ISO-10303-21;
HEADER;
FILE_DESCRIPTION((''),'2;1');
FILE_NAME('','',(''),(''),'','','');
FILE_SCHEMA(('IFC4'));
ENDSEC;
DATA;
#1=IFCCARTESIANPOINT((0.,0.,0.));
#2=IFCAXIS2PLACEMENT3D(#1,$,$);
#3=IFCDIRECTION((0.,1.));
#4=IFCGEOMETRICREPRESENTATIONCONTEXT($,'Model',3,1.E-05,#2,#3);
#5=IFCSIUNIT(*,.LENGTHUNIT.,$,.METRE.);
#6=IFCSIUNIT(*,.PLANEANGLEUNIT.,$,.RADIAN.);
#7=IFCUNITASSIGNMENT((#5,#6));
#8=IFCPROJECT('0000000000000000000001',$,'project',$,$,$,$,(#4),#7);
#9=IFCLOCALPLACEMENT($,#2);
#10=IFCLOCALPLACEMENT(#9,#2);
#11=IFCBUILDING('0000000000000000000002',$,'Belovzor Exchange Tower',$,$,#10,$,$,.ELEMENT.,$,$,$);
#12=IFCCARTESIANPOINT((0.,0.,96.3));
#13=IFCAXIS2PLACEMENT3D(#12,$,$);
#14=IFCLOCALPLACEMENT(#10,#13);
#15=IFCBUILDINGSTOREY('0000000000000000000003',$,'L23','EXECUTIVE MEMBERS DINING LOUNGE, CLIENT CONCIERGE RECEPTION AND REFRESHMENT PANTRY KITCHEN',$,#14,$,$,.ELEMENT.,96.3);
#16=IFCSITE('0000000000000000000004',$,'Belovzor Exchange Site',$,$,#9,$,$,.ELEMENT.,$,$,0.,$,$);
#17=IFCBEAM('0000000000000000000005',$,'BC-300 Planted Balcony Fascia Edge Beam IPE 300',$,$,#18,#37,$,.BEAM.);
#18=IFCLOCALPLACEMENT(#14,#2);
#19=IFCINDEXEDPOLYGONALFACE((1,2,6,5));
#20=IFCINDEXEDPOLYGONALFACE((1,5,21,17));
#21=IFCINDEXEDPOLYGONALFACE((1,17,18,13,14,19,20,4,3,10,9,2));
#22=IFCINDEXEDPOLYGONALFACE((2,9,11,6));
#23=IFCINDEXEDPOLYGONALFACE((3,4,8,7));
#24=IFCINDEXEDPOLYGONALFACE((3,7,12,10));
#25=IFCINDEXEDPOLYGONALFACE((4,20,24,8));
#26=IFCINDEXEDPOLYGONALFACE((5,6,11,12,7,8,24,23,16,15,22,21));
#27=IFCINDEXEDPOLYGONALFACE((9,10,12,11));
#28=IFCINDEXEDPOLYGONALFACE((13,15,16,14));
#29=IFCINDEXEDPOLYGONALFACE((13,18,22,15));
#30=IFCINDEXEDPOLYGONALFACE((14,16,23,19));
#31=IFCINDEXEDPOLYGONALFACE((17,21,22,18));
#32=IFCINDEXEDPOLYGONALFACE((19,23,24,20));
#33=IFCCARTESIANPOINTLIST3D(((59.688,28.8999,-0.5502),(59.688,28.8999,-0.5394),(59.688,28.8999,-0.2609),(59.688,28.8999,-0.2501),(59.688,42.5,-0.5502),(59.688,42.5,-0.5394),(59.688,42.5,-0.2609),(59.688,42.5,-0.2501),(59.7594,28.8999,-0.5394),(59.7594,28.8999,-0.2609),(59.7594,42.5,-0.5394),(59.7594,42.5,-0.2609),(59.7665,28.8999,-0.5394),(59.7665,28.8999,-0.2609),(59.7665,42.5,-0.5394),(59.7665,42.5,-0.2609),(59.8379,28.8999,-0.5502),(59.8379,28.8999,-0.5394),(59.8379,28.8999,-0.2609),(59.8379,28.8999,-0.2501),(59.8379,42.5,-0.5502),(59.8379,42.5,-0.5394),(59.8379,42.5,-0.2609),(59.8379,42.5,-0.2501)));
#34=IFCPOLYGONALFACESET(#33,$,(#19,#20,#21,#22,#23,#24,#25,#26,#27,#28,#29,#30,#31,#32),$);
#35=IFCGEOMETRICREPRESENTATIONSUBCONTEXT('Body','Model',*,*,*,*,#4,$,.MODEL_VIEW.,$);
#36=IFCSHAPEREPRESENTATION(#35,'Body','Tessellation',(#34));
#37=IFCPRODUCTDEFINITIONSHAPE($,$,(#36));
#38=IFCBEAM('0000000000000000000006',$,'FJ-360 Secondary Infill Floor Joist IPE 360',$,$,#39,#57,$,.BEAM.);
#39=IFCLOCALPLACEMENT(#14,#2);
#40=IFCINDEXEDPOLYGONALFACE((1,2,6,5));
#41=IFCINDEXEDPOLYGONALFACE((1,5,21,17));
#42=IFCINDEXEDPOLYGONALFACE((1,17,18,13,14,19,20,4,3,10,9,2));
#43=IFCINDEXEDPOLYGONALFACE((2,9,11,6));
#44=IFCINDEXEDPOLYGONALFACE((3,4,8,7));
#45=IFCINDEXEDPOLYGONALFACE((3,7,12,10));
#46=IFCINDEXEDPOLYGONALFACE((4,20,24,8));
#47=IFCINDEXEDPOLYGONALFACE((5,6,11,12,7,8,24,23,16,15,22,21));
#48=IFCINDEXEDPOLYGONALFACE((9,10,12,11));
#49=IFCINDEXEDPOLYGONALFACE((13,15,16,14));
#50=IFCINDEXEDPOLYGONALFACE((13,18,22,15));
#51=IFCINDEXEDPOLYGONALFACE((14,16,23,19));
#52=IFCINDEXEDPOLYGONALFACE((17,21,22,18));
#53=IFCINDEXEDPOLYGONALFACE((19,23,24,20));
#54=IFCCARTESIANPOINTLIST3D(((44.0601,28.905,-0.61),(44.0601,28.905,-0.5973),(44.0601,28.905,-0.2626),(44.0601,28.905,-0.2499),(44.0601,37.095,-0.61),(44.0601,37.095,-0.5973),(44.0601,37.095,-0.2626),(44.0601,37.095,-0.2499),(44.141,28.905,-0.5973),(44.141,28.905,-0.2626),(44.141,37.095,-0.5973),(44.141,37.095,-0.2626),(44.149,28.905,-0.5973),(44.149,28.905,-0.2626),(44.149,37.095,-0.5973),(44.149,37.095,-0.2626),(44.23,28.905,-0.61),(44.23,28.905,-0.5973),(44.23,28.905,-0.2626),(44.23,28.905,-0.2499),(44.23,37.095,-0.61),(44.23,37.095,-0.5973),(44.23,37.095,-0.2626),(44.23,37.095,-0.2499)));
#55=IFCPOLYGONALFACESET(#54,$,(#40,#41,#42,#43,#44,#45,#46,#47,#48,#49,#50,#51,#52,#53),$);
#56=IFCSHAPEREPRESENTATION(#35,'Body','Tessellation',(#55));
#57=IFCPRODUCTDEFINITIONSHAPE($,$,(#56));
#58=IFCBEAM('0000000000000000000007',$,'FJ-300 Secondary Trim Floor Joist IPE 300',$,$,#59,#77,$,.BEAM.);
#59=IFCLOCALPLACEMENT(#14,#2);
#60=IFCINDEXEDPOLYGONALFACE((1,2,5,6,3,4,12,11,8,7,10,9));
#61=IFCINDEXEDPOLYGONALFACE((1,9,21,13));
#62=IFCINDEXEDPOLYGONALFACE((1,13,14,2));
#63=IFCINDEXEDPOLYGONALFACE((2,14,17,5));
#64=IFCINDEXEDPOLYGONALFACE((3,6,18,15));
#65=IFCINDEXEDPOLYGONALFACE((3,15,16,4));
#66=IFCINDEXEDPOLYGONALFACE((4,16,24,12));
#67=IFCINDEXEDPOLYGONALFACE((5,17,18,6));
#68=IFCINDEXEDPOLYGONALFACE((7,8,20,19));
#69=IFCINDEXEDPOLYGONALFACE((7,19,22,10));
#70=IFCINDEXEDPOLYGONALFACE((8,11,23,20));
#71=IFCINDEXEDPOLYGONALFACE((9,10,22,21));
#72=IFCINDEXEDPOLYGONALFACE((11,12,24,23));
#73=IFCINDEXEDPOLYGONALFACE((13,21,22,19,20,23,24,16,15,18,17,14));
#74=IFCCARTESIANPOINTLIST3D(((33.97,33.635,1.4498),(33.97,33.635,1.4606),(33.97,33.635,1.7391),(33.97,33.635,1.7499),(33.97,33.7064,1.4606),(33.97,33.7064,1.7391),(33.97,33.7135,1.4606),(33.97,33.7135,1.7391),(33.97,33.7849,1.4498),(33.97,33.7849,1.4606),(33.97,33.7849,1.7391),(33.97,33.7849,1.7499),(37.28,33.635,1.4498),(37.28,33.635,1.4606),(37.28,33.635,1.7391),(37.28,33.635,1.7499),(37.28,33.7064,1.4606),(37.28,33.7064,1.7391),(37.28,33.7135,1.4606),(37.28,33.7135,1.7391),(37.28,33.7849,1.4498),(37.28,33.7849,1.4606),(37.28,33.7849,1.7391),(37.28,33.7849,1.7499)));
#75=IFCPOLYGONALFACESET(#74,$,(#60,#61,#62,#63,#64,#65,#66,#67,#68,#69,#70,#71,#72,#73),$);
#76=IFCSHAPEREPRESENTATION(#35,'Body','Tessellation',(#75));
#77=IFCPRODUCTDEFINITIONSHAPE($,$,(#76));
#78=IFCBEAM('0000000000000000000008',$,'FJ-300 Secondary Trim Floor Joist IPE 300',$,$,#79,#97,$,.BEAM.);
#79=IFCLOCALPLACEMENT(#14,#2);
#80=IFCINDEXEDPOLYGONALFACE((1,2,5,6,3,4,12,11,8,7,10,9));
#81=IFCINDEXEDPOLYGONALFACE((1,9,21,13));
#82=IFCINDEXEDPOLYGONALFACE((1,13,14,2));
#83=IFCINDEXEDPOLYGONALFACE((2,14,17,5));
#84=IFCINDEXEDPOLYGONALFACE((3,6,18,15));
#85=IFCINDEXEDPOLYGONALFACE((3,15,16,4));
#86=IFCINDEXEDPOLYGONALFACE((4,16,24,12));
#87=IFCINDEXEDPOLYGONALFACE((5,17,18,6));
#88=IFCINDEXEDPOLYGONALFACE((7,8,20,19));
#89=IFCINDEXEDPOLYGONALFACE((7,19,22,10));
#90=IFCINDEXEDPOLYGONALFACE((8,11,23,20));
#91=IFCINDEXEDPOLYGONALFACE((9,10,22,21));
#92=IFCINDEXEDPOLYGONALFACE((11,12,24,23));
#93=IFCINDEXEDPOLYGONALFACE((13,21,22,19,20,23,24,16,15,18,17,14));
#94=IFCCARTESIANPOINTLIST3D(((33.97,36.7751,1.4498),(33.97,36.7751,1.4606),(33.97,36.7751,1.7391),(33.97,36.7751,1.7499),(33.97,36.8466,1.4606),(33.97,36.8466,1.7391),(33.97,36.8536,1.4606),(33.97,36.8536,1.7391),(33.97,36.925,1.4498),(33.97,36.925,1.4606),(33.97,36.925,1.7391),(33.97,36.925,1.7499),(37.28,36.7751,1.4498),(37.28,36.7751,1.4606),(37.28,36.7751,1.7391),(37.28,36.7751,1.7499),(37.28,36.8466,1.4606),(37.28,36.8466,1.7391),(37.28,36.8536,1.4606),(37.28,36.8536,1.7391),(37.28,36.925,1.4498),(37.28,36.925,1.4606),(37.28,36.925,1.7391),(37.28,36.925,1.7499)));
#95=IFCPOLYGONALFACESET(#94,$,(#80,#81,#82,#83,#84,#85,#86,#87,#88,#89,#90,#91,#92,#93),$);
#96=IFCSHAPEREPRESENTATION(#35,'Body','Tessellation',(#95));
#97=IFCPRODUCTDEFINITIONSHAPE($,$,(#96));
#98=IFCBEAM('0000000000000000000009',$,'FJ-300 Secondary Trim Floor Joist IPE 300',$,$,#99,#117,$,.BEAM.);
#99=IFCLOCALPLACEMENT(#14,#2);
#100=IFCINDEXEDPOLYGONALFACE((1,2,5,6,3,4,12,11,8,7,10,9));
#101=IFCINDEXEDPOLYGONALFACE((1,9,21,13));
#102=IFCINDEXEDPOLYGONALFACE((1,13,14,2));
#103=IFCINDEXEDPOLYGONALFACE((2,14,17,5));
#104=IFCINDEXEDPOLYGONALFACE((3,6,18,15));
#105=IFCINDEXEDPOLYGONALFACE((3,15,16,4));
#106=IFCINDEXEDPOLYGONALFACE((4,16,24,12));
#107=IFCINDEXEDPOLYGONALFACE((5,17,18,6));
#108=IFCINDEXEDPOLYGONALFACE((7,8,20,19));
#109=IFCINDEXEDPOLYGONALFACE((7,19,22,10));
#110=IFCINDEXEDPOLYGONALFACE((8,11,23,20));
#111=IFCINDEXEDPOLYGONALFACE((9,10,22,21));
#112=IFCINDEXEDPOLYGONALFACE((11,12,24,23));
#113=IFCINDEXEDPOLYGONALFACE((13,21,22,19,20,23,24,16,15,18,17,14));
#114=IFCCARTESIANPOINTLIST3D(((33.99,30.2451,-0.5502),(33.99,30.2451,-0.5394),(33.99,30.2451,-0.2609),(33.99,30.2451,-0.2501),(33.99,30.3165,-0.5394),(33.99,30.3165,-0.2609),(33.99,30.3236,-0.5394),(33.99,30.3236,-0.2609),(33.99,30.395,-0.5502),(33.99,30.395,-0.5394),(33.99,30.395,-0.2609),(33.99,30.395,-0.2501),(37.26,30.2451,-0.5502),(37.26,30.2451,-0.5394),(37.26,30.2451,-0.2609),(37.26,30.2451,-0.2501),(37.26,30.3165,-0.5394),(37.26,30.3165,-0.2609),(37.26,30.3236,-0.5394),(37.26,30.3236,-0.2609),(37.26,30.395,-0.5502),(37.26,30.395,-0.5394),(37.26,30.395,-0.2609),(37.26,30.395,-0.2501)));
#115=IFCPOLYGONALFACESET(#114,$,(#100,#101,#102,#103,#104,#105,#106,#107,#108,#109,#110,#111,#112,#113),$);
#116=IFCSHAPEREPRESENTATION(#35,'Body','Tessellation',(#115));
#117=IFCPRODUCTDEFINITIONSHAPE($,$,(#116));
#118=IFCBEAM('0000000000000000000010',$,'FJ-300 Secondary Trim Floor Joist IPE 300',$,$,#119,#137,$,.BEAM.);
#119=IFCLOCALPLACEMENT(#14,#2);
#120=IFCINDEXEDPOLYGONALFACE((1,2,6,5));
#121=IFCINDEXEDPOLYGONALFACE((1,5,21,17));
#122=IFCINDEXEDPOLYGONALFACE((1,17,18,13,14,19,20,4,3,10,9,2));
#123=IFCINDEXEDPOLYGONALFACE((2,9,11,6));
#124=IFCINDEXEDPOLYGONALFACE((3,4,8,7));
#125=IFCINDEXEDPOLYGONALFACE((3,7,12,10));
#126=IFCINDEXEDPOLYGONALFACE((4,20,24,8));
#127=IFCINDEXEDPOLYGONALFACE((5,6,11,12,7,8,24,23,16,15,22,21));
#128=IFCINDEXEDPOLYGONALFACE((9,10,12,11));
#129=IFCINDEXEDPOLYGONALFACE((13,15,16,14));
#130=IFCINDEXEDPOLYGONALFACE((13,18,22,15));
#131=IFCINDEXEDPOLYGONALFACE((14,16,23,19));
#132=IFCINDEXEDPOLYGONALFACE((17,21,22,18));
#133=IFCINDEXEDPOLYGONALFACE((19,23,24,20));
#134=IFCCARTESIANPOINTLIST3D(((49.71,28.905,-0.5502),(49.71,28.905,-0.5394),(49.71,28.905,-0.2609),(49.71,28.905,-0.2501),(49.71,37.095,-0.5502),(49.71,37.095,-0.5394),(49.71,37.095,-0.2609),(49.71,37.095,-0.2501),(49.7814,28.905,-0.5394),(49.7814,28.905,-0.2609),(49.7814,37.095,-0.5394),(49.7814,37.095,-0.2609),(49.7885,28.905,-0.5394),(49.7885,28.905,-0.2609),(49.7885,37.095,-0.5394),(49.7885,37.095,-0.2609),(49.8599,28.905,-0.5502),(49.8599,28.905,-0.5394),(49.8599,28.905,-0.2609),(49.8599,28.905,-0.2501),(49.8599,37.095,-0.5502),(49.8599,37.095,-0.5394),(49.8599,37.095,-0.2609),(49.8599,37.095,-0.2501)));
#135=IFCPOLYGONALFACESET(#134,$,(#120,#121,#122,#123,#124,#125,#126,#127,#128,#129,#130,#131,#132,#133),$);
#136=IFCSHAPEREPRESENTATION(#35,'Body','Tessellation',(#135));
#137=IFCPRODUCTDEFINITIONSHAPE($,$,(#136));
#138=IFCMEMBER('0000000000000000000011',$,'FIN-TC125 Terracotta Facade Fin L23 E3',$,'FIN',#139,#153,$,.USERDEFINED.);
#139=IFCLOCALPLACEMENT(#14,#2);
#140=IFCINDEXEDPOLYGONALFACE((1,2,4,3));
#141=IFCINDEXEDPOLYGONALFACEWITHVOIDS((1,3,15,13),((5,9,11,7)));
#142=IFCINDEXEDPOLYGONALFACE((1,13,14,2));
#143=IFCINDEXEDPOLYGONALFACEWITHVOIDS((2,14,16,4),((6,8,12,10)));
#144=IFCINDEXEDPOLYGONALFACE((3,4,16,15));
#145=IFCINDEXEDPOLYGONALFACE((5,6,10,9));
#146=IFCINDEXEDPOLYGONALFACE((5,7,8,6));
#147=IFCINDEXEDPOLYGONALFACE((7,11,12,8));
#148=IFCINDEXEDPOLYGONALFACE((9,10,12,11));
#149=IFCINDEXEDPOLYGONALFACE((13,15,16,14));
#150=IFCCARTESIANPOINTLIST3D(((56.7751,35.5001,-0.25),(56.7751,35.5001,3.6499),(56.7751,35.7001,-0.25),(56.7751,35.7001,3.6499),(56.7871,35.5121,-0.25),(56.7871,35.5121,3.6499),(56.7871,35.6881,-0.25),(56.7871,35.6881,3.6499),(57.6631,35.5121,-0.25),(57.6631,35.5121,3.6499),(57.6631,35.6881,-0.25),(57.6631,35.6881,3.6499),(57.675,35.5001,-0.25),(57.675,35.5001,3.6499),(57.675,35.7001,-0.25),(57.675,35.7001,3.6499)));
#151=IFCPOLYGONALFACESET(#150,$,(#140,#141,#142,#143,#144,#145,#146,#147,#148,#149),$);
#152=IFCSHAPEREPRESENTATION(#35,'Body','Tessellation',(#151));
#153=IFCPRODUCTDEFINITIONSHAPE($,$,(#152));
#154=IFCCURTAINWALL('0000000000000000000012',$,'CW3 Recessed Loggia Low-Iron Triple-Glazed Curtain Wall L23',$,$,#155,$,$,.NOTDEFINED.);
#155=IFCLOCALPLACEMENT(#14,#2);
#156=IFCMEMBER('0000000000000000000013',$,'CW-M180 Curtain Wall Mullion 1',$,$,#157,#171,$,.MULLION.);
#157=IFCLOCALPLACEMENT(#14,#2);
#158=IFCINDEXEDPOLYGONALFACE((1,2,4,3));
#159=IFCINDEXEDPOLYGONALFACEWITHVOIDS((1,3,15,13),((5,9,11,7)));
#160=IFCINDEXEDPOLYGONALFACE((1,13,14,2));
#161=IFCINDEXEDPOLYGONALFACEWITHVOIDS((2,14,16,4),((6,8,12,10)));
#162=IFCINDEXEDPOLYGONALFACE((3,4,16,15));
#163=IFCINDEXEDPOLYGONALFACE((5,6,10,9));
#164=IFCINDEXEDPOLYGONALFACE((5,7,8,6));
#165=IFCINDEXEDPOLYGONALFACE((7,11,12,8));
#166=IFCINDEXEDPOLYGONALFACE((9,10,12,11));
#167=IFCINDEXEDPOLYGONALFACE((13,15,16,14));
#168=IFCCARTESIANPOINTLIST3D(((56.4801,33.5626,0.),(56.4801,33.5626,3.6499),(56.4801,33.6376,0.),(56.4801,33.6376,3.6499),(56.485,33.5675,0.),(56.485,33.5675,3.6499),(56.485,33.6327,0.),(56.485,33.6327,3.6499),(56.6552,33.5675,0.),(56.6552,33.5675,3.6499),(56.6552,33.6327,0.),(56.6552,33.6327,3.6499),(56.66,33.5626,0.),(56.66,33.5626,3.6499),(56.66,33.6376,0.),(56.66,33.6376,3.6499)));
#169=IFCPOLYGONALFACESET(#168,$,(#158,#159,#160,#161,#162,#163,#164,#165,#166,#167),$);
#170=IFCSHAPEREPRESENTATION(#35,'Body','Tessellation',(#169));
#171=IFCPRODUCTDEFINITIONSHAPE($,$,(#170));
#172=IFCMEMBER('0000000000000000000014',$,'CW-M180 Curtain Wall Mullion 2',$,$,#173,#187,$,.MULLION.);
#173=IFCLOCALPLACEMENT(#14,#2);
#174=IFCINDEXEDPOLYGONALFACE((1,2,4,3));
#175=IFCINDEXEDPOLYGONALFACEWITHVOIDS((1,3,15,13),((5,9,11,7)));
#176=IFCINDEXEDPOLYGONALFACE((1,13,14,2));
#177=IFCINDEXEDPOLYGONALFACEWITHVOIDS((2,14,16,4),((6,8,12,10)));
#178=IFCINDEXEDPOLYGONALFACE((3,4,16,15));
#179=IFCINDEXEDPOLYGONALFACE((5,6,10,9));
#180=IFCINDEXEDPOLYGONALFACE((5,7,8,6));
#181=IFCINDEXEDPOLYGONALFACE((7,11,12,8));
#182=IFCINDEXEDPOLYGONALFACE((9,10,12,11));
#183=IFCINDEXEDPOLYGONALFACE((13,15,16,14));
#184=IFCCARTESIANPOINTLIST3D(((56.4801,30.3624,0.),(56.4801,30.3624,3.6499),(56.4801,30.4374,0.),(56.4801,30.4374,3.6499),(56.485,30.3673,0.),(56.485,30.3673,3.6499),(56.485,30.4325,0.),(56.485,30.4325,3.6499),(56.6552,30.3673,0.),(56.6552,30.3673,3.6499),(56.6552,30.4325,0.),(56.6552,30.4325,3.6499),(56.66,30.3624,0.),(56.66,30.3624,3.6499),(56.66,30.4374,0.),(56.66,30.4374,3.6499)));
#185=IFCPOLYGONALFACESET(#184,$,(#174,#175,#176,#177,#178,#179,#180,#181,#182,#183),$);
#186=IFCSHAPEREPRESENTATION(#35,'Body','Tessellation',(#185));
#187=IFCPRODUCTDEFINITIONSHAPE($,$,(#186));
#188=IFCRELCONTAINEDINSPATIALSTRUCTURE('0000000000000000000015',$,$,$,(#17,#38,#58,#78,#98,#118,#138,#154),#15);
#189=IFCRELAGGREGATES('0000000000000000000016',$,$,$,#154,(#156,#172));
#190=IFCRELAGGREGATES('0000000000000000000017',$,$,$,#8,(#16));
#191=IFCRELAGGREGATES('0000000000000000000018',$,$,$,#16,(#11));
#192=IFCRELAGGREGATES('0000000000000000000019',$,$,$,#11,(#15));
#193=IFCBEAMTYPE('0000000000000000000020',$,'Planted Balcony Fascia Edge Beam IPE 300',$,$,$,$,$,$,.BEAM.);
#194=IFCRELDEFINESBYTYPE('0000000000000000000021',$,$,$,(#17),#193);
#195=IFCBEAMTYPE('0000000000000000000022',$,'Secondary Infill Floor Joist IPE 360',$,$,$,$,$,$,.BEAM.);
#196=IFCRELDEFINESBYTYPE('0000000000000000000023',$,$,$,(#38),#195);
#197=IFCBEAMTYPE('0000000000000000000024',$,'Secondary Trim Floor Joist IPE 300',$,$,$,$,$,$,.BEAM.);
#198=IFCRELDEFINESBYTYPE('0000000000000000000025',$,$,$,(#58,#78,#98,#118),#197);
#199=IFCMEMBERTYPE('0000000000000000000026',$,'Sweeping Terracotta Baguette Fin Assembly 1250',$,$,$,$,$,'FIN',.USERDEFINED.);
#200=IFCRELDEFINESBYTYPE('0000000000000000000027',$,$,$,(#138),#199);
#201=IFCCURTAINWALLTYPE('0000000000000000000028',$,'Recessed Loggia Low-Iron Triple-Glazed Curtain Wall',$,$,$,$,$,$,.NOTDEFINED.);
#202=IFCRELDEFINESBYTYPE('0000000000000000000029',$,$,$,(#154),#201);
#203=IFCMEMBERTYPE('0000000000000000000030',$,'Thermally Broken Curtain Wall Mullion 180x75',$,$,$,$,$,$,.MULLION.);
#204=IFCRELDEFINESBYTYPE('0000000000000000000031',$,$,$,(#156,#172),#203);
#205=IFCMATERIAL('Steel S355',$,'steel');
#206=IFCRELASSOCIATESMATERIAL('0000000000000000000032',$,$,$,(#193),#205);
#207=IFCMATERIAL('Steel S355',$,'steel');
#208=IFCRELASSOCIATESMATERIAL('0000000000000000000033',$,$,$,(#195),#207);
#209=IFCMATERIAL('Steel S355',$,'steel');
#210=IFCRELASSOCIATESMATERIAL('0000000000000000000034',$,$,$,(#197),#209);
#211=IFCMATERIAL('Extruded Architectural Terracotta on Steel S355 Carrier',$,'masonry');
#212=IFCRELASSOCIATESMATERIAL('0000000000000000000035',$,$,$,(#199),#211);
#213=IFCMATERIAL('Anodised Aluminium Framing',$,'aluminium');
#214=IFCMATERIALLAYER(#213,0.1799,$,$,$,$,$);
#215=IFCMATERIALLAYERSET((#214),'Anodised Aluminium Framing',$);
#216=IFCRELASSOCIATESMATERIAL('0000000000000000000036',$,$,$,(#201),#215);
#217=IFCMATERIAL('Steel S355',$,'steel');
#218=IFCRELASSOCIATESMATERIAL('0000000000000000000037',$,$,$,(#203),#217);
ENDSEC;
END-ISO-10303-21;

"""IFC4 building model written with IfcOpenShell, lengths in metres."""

from ifc_helpers import new_model, si_unit, direction, frame, origin, origin_2d, place, context, subcontext, project, spatial, hollow_rectangle, i_section, extrude, material, layer, layer_set, material_profile, profile_set, type_object, element, aggregate, save


model = new_model("IFC4")

# Units and contexts
model_context = context("Model", 3, precision=1e-05, world=origin(), true_north=direction((0.0, 1.0)))
body_context = subcontext(model_context, "Body", "Model", "MODEL_VIEW")
ifc_project = project(units=[si_unit("LENGTHUNIT", "METRE"), si_unit("PLANEANGLEUNIT", "RADIAN")], contexts=[model_context])

# Site, building, storey
site_placement = place(None, origin())
site = spatial("IfcSite", under=ifc_project, at=site_placement, Name="Belovzor Exchange Site", CompositionType="ELEMENT", RefElevation=0.0)
building_placement = place(site_placement, origin())
building = spatial("IfcBuilding", under=site, at=building_placement, Name="Belovzor Exchange Tower", CompositionType="ELEMENT")
storey_placement = place(building_placement, frame((0.0, 0.0, 96.3)))
storey = spatial("IfcBuildingStorey", under=building, at=storey_placement, Name="L23", Description="EXECUTIVE MEMBERS DINING LOUNGE, CLIENT CONCIERGE RECEPTION AND REFRESHMENT PANTRY KITCHEN", CompositionType="ELEMENT", Elevation=96.3)

# Beams
ifc_material_1 = material(Name="Steel S355", Category="steel")
ifc_material_profile_1 = material_profile(ifc_material_1, i_section(OverallWidth=0.1499, OverallDepth=0.3, WebThickness=0.0071, FlangeThickness=0.0107, at=origin_2d()))
ifc_profile_set_1 = profile_set([ifc_material_profile_1], Name="Steel S355")
beam_type_1 = type_object("IfcBeamType", Name="Planted Balcony Fascia Edge Beam IPE 300", PredefinedType="BEAM", material=ifc_profile_set_1)
beam_1_placement = place(storey_placement, frame((59.7629, 28.8999, -0.4001), z_axis=(0.0, 1.0, 0.0), x_axis=(-1.0, 0.0, 0.0)))
element("IfcBeam", 1, at=beam_1_placement, inside=storey, type_object=beam_type_1, Name="BC-300 Planted Balcony Fascia Edge Beam IPE 300", PredefinedType="BEAM", context=body_context, shape_type="SweptSolid", body=[
    extrude(i_section(OverallWidth=0.1499, OverallDepth=0.3, WebThickness=0.0071, FlangeThickness=0.0107, at=origin_2d()), origin(), (0.0, 0.0, 1.0), 13.6001),
])
ifc_material_2 = material(Name="Steel S355", Category="steel")
ifc_material_profile_2 = material_profile(ifc_material_2, i_section(OverallWidth=0.1699, OverallDepth=0.3601, WebThickness=0.0081, FlangeThickness=0.0127, at=origin_2d()))
ifc_profile_set_2 = profile_set([ifc_material_profile_2], Name="Steel S355")
beam_type_2 = type_object("IfcBeamType", Name="Secondary Infill Floor Joist IPE 360", PredefinedType="BEAM", material=ifc_profile_set_2)
beam_2_placement = place(storey_placement, frame((44.145, 28.905, -0.4299), z_axis=(0.0, 1.0, 0.0), x_axis=(-1.0, 0.0, 0.0)))
element("IfcBeam", 2, at=beam_2_placement, inside=storey, type_object=beam_type_2, Name="FJ-360 Secondary Infill Floor Joist IPE 360", PredefinedType="BEAM", context=body_context, shape_type="SweptSolid", body=[
    extrude(i_section(OverallWidth=0.1699, OverallDepth=0.3601, WebThickness=0.0081, FlangeThickness=0.0127, at=origin_2d()), origin(), (0.0, 0.0, 1.0), 8.1899),
])
ifc_material_3 = material(Name="Steel S355", Category="steel")
ifc_material_profile_3 = material_profile(ifc_material_3, i_section(OverallWidth=0.1499, OverallDepth=0.3, WebThickness=0.0071, FlangeThickness=0.0107, at=origin_2d()))
ifc_profile_set_3 = profile_set([ifc_material_profile_3], Name="Steel S355")
beam_type_3 = type_object("IfcBeamType", Name="Secondary Trim Floor Joist IPE 300", PredefinedType="BEAM", material=ifc_profile_set_3)
for number, where, z_axis, x_axis, name in (
    (3, (37.28, 33.71, 1.5999), (-1.0, 0.0, 0.0), (0.0, -1.0, 0.0), "FJ-300 Secondary Trim Floor Joist IPE 300"),
    (4, (37.28, 36.8501, 1.5999), (-1.0, 0.0, 0.0), (0.0, -1.0, 0.0), "FJ-300 Secondary Trim Floor Joist IPE 300"),
):
    element("IfcBeam", number, at=place(storey_placement, frame(where, z_axis=z_axis, x_axis=x_axis)), inside=storey, type_object=beam_type_3, Name=name, PredefinedType="BEAM", context=body_context, shape_type="SweptSolid", body=[
        extrude(i_section(OverallWidth=0.1499, OverallDepth=0.3, WebThickness=0.0071, FlangeThickness=0.0107, at=origin_2d()), origin(), (0.0, 0.0, 1.0), 3.3101),
    ])
beam_3_placement = place(storey_placement, frame((37.26, 30.3201, -0.4001), z_axis=(-1.0, 0.0, 0.0), x_axis=(0.0, -1.0, 0.0)))
element("IfcBeam", 5, at=beam_3_placement, inside=storey, type_object=beam_type_3, Name="FJ-300 Secondary Trim Floor Joist IPE 300", PredefinedType="BEAM", context=body_context, shape_type="SweptSolid", body=[
    extrude(i_section(OverallWidth=0.1499, OverallDepth=0.3, WebThickness=0.0071, FlangeThickness=0.0107, at=origin_2d()), origin(), (0.0, 0.0, 1.0), 3.27),
])
beam_4_placement = place(storey_placement, frame((49.7849, 28.905, -0.4001), z_axis=(0.0, 1.0, 0.0), x_axis=(-1.0, 0.0, 0.0)))
element("IfcBeam", 6, at=beam_4_placement, inside=storey, type_object=beam_type_3, Name="FJ-300 Secondary Trim Floor Joist IPE 300", PredefinedType="BEAM", context=body_context, shape_type="SweptSolid", body=[
    extrude(i_section(OverallWidth=0.1499, OverallDepth=0.3, WebThickness=0.0071, FlangeThickness=0.0107, at=origin_2d()), origin(), (0.0, 0.0, 1.0), 8.1899),
])

# Member
ifc_material_4 = material(Name="Extruded Architectural Terracotta on Steel S355 Carrier", Category="masonry")
ifc_material_profile_4 = material_profile(ifc_material_4, hollow_rectangle(XDim=0.2, YDim=0.8999, WallThickness=0.012, at=origin_2d()))
ifc_profile_set_4 = profile_set([ifc_material_profile_4], Name="Extruded Architectural Terracotta on Steel S355 Carrier")
member_type_1 = type_object("IfcMemberType", Name="Sweeping Terracotta Baguette Fin Assembly 1250", ElementType="FIN", PredefinedType="USERDEFINED", material=ifc_profile_set_4)
member_1_placement = place(storey_placement, frame((57.2251, 35.6001, -0.25), z_axis=(0.0, 0.0, 1.0), x_axis=(0.0, 1.0, 0.0)))
element("IfcMember", 7, at=member_1_placement, inside=storey, type_object=member_type_1, Name="FIN-TC125 Terracotta Facade Fin L23 E3", ObjectType="FIN", PredefinedType="USERDEFINED", context=body_context, shape_type="SweptSolid", body=[
    extrude(hollow_rectangle(XDim=0.2, YDim=0.8999, WallThickness=0.012, at=origin_2d()), origin(), (0.0, 0.0, 1.0), 3.8999),
])

# Curtain wall, members
ifc_material_5 = material(Name="Anodised Aluminium Framing", Category="aluminium")
ifc_layer_1 = layer(ifc_material_5, 0.1799)
ifc_layer_set_1 = layer_set([ifc_layer_1], Name="Anodised Aluminium Framing")
curtain_wall_type = type_object("IfcCurtainWallType", Name="Recessed Loggia Low-Iron Triple-Glazed Curtain Wall", PredefinedType="NOTDEFINED", material=ifc_layer_set_1)
curtain_wall_placement = place(storey_placement, origin())
curtain_wall = element("IfcCurtainWall", 8, at=curtain_wall_placement, inside=storey, type_object=curtain_wall_type, Name="CW3 Recessed Loggia Low-Iron Triple-Glazed Curtain Wall L23", PredefinedType="NOTDEFINED")
ifc_material_6 = material(Name="Steel S355", Category="steel")
ifc_material_profile_5 = material_profile(ifc_material_6, hollow_rectangle(XDim=0.075, YDim=0.1799, WallThickness=0.0049, at=origin_2d()))
ifc_profile_set_5 = profile_set([ifc_material_profile_5], Name="Steel S355")
member_type_2 = type_object("IfcMemberType", Name="Thermally Broken Curtain Wall Mullion 180x75", PredefinedType="MULLION", material=ifc_profile_set_5)
member_2_placement = place(storey_placement, frame((56.5701, 33.6001, 0.0), z_axis=(0.0, 0.0, 1.0), x_axis=(0.0, -1.0, 0.0)))
member_2 = element("IfcMember", 9, at=member_2_placement, type_object=member_type_2, Name="CW-M180 Curtain Wall Mullion 1", PredefinedType="MULLION", context=body_context, shape_type="SweptSolid", body=[
    extrude(hollow_rectangle(XDim=0.075, YDim=0.1799, WallThickness=0.0049, at=origin_2d()), origin(), (0.0, 0.0, 1.0), 3.6499),
])
member_3_placement = place(storey_placement, frame((56.5701, 30.3999, 0.0), z_axis=(0.0, 0.0, 1.0), x_axis=(0.0, -1.0, 0.0)))
member_3 = element("IfcMember", 10, at=member_3_placement, type_object=member_type_2, Name="CW-M180 Curtain Wall Mullion 2", PredefinedType="MULLION", context=body_context, shape_type="SweptSolid", body=[
    extrude(hollow_rectangle(XDim=0.075, YDim=0.1799, WallThickness=0.0049, at=origin_2d()), origin(), (0.0, 0.0, 1.0), 3.6499),
])

aggregate(curtain_wall, [member_2, member_3])

save(model, "model.ifc")
